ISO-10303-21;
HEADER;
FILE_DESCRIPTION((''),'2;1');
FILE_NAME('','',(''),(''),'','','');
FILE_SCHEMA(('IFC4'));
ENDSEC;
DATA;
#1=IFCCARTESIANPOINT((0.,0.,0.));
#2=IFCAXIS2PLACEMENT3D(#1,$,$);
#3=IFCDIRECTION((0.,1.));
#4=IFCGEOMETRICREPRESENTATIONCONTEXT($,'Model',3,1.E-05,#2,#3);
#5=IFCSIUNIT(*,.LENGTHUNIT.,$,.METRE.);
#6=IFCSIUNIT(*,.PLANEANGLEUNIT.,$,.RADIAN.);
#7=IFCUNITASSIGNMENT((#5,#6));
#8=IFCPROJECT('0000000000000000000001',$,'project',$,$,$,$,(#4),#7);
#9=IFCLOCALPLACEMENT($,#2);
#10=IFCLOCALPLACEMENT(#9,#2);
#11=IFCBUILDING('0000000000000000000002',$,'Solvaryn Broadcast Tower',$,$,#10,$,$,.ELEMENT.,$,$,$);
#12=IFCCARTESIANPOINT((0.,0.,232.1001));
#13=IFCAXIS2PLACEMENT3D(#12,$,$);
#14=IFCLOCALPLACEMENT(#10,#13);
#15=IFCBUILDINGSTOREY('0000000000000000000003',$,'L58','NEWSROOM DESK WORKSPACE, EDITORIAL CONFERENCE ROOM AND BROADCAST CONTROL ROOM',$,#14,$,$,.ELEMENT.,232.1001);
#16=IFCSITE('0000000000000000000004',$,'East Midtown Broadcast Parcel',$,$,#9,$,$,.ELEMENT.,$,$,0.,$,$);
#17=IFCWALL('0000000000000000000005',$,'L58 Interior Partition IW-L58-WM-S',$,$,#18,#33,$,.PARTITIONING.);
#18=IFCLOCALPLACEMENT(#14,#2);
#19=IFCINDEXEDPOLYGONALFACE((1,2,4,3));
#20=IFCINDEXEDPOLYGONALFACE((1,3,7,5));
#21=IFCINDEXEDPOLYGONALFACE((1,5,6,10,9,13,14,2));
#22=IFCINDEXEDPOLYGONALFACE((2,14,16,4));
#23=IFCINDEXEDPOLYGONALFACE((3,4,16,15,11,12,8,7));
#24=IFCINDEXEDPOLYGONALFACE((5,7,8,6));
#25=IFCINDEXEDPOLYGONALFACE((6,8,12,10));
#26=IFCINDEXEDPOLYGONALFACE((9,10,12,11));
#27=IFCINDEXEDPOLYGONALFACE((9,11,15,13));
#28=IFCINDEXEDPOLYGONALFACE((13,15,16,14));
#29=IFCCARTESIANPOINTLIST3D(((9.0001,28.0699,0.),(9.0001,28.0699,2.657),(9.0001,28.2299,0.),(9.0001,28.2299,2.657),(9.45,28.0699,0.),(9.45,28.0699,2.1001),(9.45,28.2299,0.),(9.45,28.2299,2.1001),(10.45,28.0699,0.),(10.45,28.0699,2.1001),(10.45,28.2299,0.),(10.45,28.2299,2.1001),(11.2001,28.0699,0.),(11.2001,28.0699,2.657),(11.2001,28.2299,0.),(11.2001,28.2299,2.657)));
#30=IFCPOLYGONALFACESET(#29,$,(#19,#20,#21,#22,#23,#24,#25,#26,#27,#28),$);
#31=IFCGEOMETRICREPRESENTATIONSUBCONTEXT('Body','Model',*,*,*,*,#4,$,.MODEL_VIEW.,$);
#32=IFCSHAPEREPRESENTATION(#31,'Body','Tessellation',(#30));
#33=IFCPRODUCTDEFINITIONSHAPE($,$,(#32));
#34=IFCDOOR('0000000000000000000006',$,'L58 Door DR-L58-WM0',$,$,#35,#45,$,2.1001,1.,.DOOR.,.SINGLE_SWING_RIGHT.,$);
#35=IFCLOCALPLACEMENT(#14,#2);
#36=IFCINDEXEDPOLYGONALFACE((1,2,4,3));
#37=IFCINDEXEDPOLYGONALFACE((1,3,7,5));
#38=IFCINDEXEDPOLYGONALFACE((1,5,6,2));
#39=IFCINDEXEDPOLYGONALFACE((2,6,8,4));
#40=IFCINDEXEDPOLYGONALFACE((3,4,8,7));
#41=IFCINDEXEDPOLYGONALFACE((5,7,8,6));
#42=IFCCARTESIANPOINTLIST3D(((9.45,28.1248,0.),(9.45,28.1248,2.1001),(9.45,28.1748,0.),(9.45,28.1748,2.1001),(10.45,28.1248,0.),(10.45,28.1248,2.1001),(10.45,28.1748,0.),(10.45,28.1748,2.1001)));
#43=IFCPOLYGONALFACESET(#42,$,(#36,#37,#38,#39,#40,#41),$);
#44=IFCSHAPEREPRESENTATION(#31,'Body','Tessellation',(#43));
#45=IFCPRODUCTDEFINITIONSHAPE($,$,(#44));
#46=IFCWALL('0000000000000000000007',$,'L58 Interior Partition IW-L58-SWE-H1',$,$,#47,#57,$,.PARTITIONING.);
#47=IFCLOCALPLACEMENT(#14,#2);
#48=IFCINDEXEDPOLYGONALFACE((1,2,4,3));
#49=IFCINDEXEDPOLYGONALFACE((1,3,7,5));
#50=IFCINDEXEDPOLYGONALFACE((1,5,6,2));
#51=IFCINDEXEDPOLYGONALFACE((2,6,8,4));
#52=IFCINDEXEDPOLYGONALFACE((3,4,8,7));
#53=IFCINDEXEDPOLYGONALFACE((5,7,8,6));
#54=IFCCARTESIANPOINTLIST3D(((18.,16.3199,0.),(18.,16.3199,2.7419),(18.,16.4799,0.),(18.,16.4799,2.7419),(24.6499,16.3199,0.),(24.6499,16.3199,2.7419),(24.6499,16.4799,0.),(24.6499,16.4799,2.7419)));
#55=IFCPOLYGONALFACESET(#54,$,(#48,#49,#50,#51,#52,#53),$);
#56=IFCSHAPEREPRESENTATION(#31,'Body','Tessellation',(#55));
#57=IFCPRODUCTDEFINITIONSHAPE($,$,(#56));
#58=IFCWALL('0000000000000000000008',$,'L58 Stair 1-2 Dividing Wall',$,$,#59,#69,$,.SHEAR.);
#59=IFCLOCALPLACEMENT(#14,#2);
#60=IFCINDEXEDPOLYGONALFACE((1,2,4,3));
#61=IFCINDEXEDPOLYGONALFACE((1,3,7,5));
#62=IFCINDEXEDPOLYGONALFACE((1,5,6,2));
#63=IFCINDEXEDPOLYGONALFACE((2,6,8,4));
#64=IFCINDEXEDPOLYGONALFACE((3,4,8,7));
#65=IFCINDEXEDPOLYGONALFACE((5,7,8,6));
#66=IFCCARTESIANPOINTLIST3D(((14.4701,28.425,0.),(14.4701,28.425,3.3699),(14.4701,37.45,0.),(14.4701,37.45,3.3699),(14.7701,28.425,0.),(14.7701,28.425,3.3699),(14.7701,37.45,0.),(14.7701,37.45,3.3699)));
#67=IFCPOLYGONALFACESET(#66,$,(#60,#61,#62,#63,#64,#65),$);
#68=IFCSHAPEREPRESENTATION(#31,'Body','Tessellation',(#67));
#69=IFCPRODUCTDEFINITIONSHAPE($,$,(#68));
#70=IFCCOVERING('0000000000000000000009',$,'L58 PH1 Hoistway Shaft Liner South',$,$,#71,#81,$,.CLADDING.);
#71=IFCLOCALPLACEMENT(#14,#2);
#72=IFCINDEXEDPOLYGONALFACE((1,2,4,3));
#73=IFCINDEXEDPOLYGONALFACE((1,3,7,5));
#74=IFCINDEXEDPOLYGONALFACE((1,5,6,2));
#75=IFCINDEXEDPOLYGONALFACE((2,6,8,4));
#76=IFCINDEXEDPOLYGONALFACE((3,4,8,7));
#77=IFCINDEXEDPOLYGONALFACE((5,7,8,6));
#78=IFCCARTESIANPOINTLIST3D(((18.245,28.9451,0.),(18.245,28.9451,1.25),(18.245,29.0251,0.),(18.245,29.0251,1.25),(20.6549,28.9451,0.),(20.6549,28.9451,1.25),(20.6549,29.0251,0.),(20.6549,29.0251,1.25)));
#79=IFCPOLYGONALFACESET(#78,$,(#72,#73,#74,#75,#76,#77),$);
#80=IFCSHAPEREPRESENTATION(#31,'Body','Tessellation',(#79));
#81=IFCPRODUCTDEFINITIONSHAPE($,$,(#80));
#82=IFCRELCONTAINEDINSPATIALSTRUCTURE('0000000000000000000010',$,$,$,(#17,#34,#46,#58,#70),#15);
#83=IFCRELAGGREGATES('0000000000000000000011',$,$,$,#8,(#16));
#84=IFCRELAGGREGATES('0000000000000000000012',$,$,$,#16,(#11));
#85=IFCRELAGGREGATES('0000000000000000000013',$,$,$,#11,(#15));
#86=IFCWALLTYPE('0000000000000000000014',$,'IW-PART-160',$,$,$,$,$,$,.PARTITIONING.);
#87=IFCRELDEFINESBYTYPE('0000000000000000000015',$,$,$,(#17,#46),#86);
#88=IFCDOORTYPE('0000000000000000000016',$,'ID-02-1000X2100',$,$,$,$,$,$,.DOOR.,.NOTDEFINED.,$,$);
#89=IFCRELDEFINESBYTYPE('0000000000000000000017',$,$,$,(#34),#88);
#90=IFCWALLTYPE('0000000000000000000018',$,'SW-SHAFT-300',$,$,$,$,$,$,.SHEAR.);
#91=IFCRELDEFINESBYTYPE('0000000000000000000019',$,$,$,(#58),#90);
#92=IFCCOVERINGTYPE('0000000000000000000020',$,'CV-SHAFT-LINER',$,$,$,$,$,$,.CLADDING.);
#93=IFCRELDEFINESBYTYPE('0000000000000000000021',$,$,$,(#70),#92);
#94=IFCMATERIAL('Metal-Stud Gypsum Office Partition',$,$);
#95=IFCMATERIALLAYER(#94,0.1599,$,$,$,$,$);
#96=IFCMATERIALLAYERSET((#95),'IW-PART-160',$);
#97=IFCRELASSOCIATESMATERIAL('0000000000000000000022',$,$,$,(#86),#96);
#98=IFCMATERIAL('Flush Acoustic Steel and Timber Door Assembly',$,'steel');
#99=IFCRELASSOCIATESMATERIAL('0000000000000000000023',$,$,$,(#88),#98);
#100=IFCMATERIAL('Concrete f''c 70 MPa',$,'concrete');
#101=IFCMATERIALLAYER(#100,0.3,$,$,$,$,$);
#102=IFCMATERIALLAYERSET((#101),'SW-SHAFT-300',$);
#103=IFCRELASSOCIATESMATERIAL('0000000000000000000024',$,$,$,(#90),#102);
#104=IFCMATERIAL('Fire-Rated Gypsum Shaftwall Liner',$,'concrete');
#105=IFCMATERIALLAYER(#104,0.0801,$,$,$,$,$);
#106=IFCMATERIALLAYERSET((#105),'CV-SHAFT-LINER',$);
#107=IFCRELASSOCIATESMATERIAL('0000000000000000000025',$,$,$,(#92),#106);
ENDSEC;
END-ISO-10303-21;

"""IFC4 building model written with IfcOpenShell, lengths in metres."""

from ifc_helpers import new_model, si_unit, direction, frame, frame_2d, origin, origin_2d, place, context, subcontext, project, spatial, rectangle, extrude, material, layer, layer_set, type_object, element, fill, save


model = new_model("IFC4")

# Units and contexts
model_context = context("Model", 3, precision=1e-05, world=origin(), true_north=direction((0.0, 1.0)))
body_context = subcontext(model_context, "Body", "Model", "MODEL_VIEW")
ifc_project = project(units=[si_unit("LENGTHUNIT", "METRE"), si_unit("PLANEANGLEUNIT", "RADIAN")], contexts=[model_context])

# Site, building, storey
site_placement = place(None, origin())
site = spatial("IfcSite", under=ifc_project, at=site_placement, Name="East Midtown Broadcast Parcel", CompositionType="ELEMENT", RefElevation=0.0)
building_placement = place(site_placement, origin())
building = spatial("IfcBuilding", under=site, at=building_placement, Name="Solvaryn Broadcast Tower", CompositionType="ELEMENT")
storey_placement = place(building_placement, frame((0.0, 0.0, 232.1001)))
storey = spatial("IfcBuildingStorey", under=building, at=storey_placement, Name="L58", Description="NEWSROOM DESK WORKSPACE, EDITORIAL CONFERENCE ROOM AND BROADCAST CONTROL ROOM", CompositionType="ELEMENT", Elevation=232.1001)

# Wall, opening, door
ifc_material_1 = material(Name="Metal-Stud Gypsum Office Partition")
ifc_layer_1 = layer(ifc_material_1, 0.1599)
ifc_layer_set_1 = layer_set([ifc_layer_1], Name="IW-PART-160")
wall_type_1 = type_object("IfcWallType", Name="IW-PART-160", PredefinedType="PARTITIONING", material=ifc_layer_set_1)
wall_1_placement = place(storey_placement, frame((9.0, 28.1499, 0.0), z_axis=(0.0, 0.0, 1.0), x_axis=(1.0, 0.0, 0.0)))
wall_1 = element("IfcWall", 1, at=wall_1_placement, inside=storey, type_object=wall_type_1, Name="L58 Interior Partition IW-L58-WM-S", PredefinedType="PARTITIONING", context=body_context, shape_type="SweptSolid", body=[
    extrude(rectangle(XDim=2.2, YDim=0.1599, at=frame_2d((1.1001, 0.0))), origin(), (0.0, 0.0, 1.0), 2.657),
])
opening_placement = place(wall_1_placement, frame((0.45, 0.0, 0.0)))
opening = element("IfcOpeningElement", 2, at=opening_placement, cuts=wall_1, PredefinedType="OPENING", context=body_context, shape_type="SweptSolid", body=[
    extrude(rectangle(XDim=1.0, YDim=2.1001, at=frame_2d((0.5, 1.05))), frame((0.0, 0.0901, 0.0), z_axis=(0.0, -1.0, 0.0), x_axis=(1.0, 0.0, 0.0)), (0.0, 0.0, 1.0), 0.1799),
])
ifc_material_2 = material(Name="Flush Acoustic Steel and Timber Door Assembly", Category="steel")
door_type = type_object("IfcDoorType", Name="ID-02-1000X2100", OperationType="NOTDEFINED", PredefinedType="DOOR", material=ifc_material_2)
door_placement = place(opening_placement, origin())
door = element("IfcDoor", 3, at=door_placement, inside=storey, type_object=door_type, Name="L58 Door DR-L58-WM0", OperationType="SINGLE_SWING_RIGHT", OverallHeight=2.1001, OverallWidth=1.0, PredefinedType="DOOR", context=body_context, shape_type="SweptSolid", body=[
    extrude(rectangle(XDim=1.0, YDim=2.1001, at=frame_2d((0.5, 1.05))), frame((0.0, 0.0249, 0.0), z_axis=(0.0, -1.0, 0.0), x_axis=(1.0, 0.0, 0.0)), (0.0, 0.0, 1.0), 0.05),
])
fill(opening, door)

# Walls
wall_2_placement = place(storey_placement, frame((18.0, 16.3999, 0.0), z_axis=(0.0, 0.0, 1.0), x_axis=(1.0, 0.0, 0.0)))
element("IfcWall", 4, at=wall_2_placement, inside=storey, type_object=wall_type_1, Name="L58 Interior Partition IW-L58-SWE-H1", PredefinedType="PARTITIONING", context=body_context, shape_type="SweptSolid", body=[
    extrude(rectangle(XDim=6.6499, YDim=0.1599, at=frame_2d((3.325, 0.0))), origin(), (0.0, 0.0, 1.0), 2.7419),
])
ifc_material_3 = material(Name="Concrete f'c 70 MPa", Category="concrete")
ifc_layer_2 = layer(ifc_material_3, 0.3)
ifc_layer_set_2 = layer_set([ifc_layer_2], Name="SW-SHAFT-300")
wall_type_2 = type_object("IfcWallType", Name="SW-SHAFT-300", PredefinedType="SHEAR", material=ifc_layer_set_2)
wall_3_placement = place(storey_placement, frame((14.6201, 28.425, 0.0), z_axis=(0.0, 0.0, 1.0), x_axis=(0.0, 1.0, 0.0)))
element("IfcWall", 5, at=wall_3_placement, inside=storey, type_object=wall_type_2, Name="L58 Stair 1-2 Dividing Wall", PredefinedType="SHEAR", context=body_context, shape_type="SweptSolid", body=[
    extrude(rectangle(XDim=9.0249, YDim=0.3, at=frame_2d((4.5125, 0.0))), origin(), (0.0, 0.0, 1.0), 3.3699),
])

# Covering
ifc_material_4 = material(Name="Fire-Rated Gypsum Shaftwall Liner", Category="concrete")
ifc_layer_3 = layer(ifc_material_4, 0.0801)
ifc_layer_set_3 = layer_set([ifc_layer_3], Name="CV-SHAFT-LINER")
covering_type = type_object("IfcCoveringType", Name="CV-SHAFT-LINER", PredefinedType="CLADDING", material=ifc_layer_set_3)
covering_placement = place(storey_placement, frame((19.45, 28.9851, 0.0), z_axis=(0.0, 0.0, 1.0), x_axis=(1.0, 0.0, 0.0)))
element("IfcCovering", 6, at=covering_placement, inside=storey, type_object=covering_type, Name="L58 PH1 Hoistway Shaft Liner South", PredefinedType="CLADDING", context=body_context, shape_type="SweptSolid", body=[
    extrude(rectangle(XDim=2.4099, YDim=0.0801, at=origin_2d()), origin(), (0.0, 0.0, 1.0), 1.25),
])

save(model, "model.ifc")
